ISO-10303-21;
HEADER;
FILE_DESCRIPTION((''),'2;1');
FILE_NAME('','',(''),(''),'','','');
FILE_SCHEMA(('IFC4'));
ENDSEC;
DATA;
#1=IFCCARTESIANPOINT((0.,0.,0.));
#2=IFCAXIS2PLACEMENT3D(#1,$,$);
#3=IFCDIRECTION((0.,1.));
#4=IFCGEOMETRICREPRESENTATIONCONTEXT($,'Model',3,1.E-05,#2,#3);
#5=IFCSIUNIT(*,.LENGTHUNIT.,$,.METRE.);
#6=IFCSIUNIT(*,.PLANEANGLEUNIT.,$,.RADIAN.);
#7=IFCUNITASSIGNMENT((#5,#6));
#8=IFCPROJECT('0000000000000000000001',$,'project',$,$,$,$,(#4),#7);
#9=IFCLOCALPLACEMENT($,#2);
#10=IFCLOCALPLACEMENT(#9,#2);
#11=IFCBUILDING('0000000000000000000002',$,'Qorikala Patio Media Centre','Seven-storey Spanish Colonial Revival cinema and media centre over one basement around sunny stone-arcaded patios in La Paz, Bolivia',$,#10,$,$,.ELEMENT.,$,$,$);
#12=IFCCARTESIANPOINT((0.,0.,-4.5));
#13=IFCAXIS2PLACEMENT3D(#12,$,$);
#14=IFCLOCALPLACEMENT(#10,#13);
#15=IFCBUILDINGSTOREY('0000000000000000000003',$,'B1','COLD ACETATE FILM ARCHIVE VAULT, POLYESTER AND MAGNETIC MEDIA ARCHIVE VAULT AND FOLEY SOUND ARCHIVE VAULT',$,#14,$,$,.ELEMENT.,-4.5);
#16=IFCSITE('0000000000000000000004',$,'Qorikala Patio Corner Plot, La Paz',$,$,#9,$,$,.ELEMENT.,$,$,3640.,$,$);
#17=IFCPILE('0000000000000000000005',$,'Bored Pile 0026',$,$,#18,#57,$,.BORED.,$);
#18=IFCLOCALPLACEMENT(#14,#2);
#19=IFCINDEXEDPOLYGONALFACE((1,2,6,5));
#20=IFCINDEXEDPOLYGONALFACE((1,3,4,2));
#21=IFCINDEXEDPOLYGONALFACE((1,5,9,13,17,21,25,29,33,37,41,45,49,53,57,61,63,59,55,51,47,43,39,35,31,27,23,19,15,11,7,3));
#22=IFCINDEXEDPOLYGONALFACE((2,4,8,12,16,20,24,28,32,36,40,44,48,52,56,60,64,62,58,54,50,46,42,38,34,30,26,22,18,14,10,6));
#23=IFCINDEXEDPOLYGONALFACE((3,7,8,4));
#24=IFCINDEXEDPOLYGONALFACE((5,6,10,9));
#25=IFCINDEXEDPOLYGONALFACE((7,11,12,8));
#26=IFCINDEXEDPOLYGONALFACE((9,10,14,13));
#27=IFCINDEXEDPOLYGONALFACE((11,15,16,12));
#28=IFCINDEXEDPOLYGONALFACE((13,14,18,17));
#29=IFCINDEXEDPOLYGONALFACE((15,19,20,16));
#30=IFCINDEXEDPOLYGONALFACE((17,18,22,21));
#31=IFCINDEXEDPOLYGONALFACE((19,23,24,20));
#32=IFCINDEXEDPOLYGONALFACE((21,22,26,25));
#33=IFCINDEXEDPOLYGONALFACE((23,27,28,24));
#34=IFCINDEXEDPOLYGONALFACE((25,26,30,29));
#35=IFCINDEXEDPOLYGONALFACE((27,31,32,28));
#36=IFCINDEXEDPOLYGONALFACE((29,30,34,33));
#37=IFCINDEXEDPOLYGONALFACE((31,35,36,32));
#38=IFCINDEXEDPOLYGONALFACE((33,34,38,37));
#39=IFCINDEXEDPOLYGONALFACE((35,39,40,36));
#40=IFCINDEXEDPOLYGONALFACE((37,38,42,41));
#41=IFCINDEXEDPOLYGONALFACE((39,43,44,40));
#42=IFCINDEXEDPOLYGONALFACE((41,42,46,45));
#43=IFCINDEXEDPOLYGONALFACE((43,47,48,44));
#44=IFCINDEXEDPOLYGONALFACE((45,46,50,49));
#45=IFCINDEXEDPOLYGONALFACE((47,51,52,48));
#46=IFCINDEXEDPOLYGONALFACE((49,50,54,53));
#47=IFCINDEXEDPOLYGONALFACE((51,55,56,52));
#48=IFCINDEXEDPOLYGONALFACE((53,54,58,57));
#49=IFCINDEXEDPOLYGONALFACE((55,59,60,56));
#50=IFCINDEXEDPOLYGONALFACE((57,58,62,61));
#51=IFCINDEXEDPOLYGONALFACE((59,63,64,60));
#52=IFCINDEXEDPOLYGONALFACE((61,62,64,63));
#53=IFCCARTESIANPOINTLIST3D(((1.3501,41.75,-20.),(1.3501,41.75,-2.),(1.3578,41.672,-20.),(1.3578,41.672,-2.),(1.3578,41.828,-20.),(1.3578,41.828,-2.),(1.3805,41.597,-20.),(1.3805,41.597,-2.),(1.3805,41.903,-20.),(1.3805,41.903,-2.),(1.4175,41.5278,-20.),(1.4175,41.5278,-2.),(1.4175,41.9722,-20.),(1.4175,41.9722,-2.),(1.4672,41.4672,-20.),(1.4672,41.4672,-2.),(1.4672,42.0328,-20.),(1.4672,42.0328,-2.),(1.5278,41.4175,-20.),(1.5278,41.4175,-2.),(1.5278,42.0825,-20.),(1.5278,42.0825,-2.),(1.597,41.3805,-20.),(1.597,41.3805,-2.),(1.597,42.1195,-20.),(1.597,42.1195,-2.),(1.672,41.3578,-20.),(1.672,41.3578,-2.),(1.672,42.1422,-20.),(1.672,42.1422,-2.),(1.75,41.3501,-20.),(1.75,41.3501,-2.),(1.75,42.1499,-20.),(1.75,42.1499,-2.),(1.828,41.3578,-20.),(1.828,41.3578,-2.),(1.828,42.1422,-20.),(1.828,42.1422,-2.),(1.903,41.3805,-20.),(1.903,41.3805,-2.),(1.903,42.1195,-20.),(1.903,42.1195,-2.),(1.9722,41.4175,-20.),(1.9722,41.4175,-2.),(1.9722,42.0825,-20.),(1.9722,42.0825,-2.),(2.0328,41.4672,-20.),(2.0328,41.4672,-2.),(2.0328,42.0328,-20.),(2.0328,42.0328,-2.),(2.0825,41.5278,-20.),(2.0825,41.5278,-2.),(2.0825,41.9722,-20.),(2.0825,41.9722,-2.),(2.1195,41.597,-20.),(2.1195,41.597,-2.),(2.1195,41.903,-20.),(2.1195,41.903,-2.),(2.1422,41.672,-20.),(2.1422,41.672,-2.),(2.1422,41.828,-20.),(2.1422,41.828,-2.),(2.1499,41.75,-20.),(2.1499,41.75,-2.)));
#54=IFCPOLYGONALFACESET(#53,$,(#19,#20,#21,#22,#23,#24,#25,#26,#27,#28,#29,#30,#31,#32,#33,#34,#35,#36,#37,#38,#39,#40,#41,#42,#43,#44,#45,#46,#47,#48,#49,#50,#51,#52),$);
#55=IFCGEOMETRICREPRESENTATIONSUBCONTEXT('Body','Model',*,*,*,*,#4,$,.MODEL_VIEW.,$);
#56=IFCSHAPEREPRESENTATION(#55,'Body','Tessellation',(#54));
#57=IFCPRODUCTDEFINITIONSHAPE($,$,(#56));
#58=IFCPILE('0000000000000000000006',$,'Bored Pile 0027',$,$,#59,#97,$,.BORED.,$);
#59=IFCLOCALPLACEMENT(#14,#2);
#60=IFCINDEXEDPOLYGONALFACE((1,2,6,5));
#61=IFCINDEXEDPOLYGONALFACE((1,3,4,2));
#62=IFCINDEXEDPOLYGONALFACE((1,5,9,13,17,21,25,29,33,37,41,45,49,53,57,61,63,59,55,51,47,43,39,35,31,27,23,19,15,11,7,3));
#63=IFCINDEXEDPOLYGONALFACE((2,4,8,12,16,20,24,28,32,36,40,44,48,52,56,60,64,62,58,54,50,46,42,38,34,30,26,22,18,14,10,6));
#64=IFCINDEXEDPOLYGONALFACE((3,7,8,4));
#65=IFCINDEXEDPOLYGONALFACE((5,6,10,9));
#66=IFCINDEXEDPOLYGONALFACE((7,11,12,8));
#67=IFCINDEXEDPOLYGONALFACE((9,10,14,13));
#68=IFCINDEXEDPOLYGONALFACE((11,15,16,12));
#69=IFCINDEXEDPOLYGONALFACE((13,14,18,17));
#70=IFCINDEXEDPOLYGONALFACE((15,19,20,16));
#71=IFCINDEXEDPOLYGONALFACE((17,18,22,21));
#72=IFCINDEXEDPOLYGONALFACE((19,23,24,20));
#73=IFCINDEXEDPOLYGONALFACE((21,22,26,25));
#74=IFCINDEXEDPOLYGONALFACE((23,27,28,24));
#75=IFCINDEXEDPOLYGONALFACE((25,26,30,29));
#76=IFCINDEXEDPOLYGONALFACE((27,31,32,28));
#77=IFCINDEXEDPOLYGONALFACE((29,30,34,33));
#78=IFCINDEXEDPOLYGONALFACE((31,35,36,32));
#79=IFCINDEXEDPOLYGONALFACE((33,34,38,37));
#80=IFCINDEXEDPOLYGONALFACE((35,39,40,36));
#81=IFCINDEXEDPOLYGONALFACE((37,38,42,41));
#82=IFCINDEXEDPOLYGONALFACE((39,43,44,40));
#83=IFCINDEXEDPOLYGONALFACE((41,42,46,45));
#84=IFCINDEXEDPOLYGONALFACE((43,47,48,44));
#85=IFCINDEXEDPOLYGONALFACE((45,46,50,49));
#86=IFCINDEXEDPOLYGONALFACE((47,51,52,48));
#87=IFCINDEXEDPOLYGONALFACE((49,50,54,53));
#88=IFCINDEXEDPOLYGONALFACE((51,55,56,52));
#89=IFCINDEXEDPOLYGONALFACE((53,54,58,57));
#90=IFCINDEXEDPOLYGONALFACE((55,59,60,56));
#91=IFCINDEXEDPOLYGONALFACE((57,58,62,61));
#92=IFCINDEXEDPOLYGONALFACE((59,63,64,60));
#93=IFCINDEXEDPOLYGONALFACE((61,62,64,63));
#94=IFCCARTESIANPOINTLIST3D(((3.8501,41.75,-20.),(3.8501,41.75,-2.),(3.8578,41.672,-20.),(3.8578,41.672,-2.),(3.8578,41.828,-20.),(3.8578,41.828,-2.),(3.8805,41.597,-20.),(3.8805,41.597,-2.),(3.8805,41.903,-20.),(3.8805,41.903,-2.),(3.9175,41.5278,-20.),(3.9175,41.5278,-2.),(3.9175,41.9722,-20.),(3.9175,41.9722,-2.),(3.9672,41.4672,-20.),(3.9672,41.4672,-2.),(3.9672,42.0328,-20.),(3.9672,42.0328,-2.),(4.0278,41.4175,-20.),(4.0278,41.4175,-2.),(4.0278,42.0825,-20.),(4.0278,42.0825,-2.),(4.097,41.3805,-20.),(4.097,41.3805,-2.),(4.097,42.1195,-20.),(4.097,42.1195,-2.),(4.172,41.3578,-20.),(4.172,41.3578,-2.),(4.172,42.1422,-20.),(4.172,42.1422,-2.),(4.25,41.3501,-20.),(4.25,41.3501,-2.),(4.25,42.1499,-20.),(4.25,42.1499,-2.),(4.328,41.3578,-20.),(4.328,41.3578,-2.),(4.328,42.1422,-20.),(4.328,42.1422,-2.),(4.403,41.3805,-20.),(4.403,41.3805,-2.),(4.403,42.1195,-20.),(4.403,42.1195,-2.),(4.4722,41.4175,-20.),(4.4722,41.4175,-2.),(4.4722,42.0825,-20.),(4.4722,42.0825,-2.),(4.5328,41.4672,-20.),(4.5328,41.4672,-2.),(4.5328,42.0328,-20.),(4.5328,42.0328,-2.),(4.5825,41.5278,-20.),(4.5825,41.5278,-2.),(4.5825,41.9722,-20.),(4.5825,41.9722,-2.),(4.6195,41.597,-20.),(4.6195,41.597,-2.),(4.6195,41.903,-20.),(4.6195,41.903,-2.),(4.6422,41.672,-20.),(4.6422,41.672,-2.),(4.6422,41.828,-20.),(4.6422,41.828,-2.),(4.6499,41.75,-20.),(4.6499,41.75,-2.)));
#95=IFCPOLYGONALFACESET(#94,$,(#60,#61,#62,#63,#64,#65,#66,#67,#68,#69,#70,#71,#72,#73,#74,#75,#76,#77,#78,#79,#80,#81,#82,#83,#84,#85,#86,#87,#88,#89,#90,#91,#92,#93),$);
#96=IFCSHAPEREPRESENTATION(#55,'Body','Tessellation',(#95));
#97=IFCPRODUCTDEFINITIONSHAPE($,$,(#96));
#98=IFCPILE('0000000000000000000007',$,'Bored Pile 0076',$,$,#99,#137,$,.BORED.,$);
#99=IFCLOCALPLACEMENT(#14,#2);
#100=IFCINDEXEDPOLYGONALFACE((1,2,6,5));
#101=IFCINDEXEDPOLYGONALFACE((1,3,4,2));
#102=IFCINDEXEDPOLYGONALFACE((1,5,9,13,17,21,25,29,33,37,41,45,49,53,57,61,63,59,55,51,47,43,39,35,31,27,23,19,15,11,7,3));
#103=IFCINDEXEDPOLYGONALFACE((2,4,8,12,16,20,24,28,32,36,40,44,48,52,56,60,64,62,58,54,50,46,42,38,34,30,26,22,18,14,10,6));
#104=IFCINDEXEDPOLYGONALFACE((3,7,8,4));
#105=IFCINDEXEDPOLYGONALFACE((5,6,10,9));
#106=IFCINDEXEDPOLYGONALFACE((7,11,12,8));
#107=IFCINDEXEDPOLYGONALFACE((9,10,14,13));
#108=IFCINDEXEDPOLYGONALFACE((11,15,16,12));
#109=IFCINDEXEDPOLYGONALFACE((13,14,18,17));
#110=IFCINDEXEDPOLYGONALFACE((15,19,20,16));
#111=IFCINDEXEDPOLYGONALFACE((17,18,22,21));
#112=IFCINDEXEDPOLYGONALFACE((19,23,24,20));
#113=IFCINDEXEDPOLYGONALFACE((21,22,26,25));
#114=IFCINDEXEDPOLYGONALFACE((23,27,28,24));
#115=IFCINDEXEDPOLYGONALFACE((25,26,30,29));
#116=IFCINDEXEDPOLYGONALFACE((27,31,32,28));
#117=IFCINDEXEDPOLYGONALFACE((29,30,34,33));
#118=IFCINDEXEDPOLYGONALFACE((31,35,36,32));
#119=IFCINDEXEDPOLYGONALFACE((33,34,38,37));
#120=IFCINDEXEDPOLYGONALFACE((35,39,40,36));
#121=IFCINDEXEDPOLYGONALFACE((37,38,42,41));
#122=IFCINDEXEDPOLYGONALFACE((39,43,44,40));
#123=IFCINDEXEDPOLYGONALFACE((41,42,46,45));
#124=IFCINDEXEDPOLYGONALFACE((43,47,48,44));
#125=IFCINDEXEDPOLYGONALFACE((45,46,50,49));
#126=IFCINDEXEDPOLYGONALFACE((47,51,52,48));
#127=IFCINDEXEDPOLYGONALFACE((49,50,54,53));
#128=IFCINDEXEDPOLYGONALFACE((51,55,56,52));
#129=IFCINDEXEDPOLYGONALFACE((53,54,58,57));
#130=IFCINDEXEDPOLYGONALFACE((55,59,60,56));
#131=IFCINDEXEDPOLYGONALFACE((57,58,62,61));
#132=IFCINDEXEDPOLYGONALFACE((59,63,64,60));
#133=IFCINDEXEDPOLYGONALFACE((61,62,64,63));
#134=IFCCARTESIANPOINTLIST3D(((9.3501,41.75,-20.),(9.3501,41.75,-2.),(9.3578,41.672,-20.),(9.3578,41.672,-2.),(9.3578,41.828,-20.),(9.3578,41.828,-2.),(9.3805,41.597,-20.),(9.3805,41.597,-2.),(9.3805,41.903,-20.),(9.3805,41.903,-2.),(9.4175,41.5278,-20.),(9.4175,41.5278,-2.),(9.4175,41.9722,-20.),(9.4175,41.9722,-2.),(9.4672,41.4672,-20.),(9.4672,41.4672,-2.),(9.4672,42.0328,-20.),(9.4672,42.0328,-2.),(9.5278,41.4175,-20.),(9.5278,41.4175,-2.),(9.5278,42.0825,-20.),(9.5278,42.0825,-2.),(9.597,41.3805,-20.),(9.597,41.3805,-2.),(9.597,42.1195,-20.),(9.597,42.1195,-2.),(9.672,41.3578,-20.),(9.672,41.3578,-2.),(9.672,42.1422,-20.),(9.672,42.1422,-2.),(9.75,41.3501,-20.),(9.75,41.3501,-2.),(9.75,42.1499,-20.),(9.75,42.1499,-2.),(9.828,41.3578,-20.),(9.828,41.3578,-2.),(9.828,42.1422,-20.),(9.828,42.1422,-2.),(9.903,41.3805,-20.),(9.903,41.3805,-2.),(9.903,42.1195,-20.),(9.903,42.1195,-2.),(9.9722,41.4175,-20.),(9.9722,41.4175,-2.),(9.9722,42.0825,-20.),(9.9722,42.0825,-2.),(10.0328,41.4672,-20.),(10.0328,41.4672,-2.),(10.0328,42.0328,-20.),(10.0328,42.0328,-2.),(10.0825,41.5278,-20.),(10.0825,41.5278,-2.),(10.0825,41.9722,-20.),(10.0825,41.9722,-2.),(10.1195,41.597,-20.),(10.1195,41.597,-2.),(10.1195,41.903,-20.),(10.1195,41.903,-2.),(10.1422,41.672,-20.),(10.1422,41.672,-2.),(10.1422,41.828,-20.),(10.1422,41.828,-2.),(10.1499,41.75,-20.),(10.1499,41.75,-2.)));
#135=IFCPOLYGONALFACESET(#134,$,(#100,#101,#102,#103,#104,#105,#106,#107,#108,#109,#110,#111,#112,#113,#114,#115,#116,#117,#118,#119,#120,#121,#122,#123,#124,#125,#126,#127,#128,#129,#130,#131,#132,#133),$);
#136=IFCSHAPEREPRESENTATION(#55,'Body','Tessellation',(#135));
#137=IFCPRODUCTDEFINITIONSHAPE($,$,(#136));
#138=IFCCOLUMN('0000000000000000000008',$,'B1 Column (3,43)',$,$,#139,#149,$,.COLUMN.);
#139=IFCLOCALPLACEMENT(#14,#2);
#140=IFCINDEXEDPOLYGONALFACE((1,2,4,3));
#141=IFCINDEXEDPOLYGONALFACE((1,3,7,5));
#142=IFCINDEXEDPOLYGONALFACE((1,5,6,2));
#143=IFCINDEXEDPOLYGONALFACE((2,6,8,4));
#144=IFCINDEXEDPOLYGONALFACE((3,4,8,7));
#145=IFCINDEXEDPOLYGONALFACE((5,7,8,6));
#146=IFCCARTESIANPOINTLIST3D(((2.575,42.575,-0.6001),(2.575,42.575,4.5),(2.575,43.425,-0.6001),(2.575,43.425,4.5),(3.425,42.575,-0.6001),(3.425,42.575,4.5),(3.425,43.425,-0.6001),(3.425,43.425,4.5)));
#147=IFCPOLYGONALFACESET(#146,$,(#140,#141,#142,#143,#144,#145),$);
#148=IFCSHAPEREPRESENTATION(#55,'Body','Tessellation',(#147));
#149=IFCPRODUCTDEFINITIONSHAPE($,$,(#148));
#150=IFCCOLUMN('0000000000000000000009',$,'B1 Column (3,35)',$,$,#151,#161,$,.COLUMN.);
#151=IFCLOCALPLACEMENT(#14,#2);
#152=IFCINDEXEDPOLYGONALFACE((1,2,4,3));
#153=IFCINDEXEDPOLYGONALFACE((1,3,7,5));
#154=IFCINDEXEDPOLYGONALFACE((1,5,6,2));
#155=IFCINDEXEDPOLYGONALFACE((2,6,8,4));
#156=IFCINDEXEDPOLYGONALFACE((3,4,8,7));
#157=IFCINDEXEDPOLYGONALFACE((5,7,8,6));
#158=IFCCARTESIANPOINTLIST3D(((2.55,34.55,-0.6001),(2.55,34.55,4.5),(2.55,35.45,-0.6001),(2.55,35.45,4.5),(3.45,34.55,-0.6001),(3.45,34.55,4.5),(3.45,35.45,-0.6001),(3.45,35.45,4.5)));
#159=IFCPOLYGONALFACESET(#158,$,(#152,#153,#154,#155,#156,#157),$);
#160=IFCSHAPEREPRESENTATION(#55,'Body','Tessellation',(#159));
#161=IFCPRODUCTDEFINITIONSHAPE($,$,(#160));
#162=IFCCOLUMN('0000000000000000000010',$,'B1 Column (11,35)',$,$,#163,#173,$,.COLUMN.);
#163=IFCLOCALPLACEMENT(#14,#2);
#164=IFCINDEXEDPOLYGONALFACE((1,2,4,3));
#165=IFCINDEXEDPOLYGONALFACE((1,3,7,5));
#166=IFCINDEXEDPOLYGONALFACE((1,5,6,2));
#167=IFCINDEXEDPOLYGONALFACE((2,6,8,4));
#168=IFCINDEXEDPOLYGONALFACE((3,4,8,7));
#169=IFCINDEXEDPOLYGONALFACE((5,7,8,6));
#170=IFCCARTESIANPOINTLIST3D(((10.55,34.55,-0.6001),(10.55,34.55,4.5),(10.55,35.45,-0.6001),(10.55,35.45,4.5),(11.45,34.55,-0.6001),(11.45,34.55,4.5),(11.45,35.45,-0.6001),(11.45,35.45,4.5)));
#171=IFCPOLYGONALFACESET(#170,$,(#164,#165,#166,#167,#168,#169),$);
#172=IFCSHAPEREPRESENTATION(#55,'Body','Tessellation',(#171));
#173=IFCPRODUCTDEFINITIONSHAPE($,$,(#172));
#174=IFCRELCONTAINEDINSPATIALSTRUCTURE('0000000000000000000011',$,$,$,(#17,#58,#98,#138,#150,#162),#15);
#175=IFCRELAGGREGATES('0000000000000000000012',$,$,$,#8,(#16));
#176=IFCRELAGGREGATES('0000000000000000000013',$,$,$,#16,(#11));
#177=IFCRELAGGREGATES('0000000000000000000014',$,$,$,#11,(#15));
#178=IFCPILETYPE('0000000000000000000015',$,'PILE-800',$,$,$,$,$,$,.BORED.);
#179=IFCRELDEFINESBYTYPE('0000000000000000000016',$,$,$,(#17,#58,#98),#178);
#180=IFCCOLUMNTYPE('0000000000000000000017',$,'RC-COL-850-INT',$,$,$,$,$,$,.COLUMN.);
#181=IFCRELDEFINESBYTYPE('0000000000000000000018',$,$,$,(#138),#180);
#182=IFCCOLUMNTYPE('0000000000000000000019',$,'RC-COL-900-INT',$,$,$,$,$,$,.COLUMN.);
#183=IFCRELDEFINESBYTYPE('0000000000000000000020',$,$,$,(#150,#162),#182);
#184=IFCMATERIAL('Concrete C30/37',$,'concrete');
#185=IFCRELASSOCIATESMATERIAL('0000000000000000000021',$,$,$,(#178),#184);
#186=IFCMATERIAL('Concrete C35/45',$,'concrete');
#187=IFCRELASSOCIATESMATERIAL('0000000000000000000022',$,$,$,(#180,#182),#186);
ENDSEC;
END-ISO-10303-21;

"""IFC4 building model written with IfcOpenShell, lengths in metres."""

from ifc_helpers import new_model, si_unit, direction, frame, origin, origin_2d, place, context, subcontext, project, spatial, rectangle, circle, extrude, material, material_profile, profile_set, type_object, element, save


model = new_model("IFC4")

# Units and contexts
model_context = context("Model", 3, precision=1e-05, world=origin(), true_north=direction((0.0, 1.0)))
body_context = subcontext(model_context, "Body", "Model", "MODEL_VIEW")
ifc_project = project(units=[si_unit("LENGTHUNIT", "METRE"), si_unit("PLANEANGLEUNIT", "RADIAN")], contexts=[model_context])

# Site, building, storey
site_placement = place(None, origin())
site = spatial("IfcSite", under=ifc_project, at=site_placement, Name="Qorikala Patio Corner Plot, La Paz", CompositionType="ELEMENT", RefElevation=3640.0)
building_placement = place(site_placement, origin())
building = spatial("IfcBuilding", under=site, at=building_placement, Name="Qorikala Patio Media Centre", Description="Seven-storey Spanish Colonial Revival cinema and media centre over one basement around sunny stone-arcaded patios in La Paz, Bolivia", CompositionType="ELEMENT")
storey_placement = place(building_placement, frame((0.0, 0.0, -4.5)))
storey = spatial("IfcBuildingStorey", under=building, at=storey_placement, Name="B1", Description="COLD ACETATE FILM ARCHIVE VAULT, POLYESTER AND MAGNETIC MEDIA ARCHIVE VAULT AND FOLEY SOUND ARCHIVE VAULT", CompositionType="ELEMENT", Elevation=-4.5)

# Shared definitions
ifc_material_1 = material(Name="Concrete C30/37", Category="concrete")

# Piles
ifc_material_profile_1 = material_profile(ifc_material_1, circle(Radius=0.3999, at=origin_2d()), Name="BORED PILE 800")
ifc_profile_set_1 = profile_set([ifc_material_profile_1], Name="Concrete C30/37")
pile_type_1 = type_object("IfcPileType", Name="PILE-800", PredefinedType="BORED", material=ifc_profile_set_1)
for number, where, z_axis, x_axis, name in (
    (1, (1.75, 41.75, -2.0), (0.0, 0.0, -1.0), (1.0, 0.0, 0.0), "Bored Pile 0026"),
    (2, (4.25, 41.75, -2.0), (0.0, 0.0, -1.0), (1.0, 0.0, 0.0), "Bored Pile 0027"),
    (3, (9.75, 41.75, -2.0), (0.0, 0.0, -1.0), (1.0, 0.0, 0.0), "Bored Pile 0076"),
):
    element("IfcPile", number, at=place(storey_placement, frame(where, z_axis=z_axis, x_axis=x_axis)), inside=storey, type_object=pile_type_1, Name=name, PredefinedType="BORED", context=body_context, shape_type="SweptSolid", body=[
        extrude(circle(Radius=0.3999, at=origin_2d()), origin(), (0.0, 0.0, 1.0), 18.0),
    ])

# Columns
ifc_material_2 = material(Name="Concrete C35/45", Category="concrete")
ifc_material_profile_2 = material_profile(ifc_material_2, rectangle(XDim=0.8501, YDim=0.8501, at=origin_2d()), Name="RC 850x850")
ifc_profile_set_2 = profile_set([ifc_material_profile_2], Name="Concrete C35/45")
column_type_1 = type_object("IfcColumnType", Name="RC-COL-850-INT", PredefinedType="COLUMN", material=ifc_profile_set_2)
column_placement = place(storey_placement, frame((3.0, 43.0, -0.6001), z_axis=(0.0, 0.0, 1.0), x_axis=(1.0, 0.0, 0.0)))
element("IfcColumn", 4, at=column_placement, inside=storey, type_object=column_type_1, Name="B1 Column (3,43)", PredefinedType="COLUMN", context=body_context, shape_type="SweptSolid", body=[
    extrude(rectangle(XDim=0.8501, YDim=0.8501, at=origin_2d()), origin(), (0.0, 0.0, 1.0), 5.1001),
])
ifc_material_profile_3 = material_profile(ifc_material_2, rectangle(XDim=0.8999, YDim=0.8999, at=origin_2d()), Name="RC 900x900")
ifc_profile_set_3 = profile_set([ifc_material_profile_3], Name="Concrete C35/45")
column_type_2 = type_object("IfcColumnType", Name="RC-COL-900-INT", PredefinedType="COLUMN", material=ifc_profile_set_3)
for number, where, z_axis, x_axis, name in (
    (5, (3.0, 35.0, -0.6001), (0.0, 0.0, 1.0), (1.0, 0.0, 0.0), "B1 Column (3,35)"),
    (6, (11.0, 35.0, -0.6001), (0.0, 0.0, 1.0), (1.0, 0.0, 0.0), "B1 Column (11,35)"),
):
    element("IfcColumn", number, at=place(storey_placement, frame(where, z_axis=z_axis, x_axis=x_axis)), inside=storey, type_object=column_type_2, Name=name, PredefinedType="COLUMN", context=body_context, shape_type="SweptSolid", body=[
        extrude(rectangle(XDim=0.8999, YDim=0.8999, at=origin_2d()), origin(), (0.0, 0.0, 1.0), 5.1001),
    ])

save(model, "model.ifc")
